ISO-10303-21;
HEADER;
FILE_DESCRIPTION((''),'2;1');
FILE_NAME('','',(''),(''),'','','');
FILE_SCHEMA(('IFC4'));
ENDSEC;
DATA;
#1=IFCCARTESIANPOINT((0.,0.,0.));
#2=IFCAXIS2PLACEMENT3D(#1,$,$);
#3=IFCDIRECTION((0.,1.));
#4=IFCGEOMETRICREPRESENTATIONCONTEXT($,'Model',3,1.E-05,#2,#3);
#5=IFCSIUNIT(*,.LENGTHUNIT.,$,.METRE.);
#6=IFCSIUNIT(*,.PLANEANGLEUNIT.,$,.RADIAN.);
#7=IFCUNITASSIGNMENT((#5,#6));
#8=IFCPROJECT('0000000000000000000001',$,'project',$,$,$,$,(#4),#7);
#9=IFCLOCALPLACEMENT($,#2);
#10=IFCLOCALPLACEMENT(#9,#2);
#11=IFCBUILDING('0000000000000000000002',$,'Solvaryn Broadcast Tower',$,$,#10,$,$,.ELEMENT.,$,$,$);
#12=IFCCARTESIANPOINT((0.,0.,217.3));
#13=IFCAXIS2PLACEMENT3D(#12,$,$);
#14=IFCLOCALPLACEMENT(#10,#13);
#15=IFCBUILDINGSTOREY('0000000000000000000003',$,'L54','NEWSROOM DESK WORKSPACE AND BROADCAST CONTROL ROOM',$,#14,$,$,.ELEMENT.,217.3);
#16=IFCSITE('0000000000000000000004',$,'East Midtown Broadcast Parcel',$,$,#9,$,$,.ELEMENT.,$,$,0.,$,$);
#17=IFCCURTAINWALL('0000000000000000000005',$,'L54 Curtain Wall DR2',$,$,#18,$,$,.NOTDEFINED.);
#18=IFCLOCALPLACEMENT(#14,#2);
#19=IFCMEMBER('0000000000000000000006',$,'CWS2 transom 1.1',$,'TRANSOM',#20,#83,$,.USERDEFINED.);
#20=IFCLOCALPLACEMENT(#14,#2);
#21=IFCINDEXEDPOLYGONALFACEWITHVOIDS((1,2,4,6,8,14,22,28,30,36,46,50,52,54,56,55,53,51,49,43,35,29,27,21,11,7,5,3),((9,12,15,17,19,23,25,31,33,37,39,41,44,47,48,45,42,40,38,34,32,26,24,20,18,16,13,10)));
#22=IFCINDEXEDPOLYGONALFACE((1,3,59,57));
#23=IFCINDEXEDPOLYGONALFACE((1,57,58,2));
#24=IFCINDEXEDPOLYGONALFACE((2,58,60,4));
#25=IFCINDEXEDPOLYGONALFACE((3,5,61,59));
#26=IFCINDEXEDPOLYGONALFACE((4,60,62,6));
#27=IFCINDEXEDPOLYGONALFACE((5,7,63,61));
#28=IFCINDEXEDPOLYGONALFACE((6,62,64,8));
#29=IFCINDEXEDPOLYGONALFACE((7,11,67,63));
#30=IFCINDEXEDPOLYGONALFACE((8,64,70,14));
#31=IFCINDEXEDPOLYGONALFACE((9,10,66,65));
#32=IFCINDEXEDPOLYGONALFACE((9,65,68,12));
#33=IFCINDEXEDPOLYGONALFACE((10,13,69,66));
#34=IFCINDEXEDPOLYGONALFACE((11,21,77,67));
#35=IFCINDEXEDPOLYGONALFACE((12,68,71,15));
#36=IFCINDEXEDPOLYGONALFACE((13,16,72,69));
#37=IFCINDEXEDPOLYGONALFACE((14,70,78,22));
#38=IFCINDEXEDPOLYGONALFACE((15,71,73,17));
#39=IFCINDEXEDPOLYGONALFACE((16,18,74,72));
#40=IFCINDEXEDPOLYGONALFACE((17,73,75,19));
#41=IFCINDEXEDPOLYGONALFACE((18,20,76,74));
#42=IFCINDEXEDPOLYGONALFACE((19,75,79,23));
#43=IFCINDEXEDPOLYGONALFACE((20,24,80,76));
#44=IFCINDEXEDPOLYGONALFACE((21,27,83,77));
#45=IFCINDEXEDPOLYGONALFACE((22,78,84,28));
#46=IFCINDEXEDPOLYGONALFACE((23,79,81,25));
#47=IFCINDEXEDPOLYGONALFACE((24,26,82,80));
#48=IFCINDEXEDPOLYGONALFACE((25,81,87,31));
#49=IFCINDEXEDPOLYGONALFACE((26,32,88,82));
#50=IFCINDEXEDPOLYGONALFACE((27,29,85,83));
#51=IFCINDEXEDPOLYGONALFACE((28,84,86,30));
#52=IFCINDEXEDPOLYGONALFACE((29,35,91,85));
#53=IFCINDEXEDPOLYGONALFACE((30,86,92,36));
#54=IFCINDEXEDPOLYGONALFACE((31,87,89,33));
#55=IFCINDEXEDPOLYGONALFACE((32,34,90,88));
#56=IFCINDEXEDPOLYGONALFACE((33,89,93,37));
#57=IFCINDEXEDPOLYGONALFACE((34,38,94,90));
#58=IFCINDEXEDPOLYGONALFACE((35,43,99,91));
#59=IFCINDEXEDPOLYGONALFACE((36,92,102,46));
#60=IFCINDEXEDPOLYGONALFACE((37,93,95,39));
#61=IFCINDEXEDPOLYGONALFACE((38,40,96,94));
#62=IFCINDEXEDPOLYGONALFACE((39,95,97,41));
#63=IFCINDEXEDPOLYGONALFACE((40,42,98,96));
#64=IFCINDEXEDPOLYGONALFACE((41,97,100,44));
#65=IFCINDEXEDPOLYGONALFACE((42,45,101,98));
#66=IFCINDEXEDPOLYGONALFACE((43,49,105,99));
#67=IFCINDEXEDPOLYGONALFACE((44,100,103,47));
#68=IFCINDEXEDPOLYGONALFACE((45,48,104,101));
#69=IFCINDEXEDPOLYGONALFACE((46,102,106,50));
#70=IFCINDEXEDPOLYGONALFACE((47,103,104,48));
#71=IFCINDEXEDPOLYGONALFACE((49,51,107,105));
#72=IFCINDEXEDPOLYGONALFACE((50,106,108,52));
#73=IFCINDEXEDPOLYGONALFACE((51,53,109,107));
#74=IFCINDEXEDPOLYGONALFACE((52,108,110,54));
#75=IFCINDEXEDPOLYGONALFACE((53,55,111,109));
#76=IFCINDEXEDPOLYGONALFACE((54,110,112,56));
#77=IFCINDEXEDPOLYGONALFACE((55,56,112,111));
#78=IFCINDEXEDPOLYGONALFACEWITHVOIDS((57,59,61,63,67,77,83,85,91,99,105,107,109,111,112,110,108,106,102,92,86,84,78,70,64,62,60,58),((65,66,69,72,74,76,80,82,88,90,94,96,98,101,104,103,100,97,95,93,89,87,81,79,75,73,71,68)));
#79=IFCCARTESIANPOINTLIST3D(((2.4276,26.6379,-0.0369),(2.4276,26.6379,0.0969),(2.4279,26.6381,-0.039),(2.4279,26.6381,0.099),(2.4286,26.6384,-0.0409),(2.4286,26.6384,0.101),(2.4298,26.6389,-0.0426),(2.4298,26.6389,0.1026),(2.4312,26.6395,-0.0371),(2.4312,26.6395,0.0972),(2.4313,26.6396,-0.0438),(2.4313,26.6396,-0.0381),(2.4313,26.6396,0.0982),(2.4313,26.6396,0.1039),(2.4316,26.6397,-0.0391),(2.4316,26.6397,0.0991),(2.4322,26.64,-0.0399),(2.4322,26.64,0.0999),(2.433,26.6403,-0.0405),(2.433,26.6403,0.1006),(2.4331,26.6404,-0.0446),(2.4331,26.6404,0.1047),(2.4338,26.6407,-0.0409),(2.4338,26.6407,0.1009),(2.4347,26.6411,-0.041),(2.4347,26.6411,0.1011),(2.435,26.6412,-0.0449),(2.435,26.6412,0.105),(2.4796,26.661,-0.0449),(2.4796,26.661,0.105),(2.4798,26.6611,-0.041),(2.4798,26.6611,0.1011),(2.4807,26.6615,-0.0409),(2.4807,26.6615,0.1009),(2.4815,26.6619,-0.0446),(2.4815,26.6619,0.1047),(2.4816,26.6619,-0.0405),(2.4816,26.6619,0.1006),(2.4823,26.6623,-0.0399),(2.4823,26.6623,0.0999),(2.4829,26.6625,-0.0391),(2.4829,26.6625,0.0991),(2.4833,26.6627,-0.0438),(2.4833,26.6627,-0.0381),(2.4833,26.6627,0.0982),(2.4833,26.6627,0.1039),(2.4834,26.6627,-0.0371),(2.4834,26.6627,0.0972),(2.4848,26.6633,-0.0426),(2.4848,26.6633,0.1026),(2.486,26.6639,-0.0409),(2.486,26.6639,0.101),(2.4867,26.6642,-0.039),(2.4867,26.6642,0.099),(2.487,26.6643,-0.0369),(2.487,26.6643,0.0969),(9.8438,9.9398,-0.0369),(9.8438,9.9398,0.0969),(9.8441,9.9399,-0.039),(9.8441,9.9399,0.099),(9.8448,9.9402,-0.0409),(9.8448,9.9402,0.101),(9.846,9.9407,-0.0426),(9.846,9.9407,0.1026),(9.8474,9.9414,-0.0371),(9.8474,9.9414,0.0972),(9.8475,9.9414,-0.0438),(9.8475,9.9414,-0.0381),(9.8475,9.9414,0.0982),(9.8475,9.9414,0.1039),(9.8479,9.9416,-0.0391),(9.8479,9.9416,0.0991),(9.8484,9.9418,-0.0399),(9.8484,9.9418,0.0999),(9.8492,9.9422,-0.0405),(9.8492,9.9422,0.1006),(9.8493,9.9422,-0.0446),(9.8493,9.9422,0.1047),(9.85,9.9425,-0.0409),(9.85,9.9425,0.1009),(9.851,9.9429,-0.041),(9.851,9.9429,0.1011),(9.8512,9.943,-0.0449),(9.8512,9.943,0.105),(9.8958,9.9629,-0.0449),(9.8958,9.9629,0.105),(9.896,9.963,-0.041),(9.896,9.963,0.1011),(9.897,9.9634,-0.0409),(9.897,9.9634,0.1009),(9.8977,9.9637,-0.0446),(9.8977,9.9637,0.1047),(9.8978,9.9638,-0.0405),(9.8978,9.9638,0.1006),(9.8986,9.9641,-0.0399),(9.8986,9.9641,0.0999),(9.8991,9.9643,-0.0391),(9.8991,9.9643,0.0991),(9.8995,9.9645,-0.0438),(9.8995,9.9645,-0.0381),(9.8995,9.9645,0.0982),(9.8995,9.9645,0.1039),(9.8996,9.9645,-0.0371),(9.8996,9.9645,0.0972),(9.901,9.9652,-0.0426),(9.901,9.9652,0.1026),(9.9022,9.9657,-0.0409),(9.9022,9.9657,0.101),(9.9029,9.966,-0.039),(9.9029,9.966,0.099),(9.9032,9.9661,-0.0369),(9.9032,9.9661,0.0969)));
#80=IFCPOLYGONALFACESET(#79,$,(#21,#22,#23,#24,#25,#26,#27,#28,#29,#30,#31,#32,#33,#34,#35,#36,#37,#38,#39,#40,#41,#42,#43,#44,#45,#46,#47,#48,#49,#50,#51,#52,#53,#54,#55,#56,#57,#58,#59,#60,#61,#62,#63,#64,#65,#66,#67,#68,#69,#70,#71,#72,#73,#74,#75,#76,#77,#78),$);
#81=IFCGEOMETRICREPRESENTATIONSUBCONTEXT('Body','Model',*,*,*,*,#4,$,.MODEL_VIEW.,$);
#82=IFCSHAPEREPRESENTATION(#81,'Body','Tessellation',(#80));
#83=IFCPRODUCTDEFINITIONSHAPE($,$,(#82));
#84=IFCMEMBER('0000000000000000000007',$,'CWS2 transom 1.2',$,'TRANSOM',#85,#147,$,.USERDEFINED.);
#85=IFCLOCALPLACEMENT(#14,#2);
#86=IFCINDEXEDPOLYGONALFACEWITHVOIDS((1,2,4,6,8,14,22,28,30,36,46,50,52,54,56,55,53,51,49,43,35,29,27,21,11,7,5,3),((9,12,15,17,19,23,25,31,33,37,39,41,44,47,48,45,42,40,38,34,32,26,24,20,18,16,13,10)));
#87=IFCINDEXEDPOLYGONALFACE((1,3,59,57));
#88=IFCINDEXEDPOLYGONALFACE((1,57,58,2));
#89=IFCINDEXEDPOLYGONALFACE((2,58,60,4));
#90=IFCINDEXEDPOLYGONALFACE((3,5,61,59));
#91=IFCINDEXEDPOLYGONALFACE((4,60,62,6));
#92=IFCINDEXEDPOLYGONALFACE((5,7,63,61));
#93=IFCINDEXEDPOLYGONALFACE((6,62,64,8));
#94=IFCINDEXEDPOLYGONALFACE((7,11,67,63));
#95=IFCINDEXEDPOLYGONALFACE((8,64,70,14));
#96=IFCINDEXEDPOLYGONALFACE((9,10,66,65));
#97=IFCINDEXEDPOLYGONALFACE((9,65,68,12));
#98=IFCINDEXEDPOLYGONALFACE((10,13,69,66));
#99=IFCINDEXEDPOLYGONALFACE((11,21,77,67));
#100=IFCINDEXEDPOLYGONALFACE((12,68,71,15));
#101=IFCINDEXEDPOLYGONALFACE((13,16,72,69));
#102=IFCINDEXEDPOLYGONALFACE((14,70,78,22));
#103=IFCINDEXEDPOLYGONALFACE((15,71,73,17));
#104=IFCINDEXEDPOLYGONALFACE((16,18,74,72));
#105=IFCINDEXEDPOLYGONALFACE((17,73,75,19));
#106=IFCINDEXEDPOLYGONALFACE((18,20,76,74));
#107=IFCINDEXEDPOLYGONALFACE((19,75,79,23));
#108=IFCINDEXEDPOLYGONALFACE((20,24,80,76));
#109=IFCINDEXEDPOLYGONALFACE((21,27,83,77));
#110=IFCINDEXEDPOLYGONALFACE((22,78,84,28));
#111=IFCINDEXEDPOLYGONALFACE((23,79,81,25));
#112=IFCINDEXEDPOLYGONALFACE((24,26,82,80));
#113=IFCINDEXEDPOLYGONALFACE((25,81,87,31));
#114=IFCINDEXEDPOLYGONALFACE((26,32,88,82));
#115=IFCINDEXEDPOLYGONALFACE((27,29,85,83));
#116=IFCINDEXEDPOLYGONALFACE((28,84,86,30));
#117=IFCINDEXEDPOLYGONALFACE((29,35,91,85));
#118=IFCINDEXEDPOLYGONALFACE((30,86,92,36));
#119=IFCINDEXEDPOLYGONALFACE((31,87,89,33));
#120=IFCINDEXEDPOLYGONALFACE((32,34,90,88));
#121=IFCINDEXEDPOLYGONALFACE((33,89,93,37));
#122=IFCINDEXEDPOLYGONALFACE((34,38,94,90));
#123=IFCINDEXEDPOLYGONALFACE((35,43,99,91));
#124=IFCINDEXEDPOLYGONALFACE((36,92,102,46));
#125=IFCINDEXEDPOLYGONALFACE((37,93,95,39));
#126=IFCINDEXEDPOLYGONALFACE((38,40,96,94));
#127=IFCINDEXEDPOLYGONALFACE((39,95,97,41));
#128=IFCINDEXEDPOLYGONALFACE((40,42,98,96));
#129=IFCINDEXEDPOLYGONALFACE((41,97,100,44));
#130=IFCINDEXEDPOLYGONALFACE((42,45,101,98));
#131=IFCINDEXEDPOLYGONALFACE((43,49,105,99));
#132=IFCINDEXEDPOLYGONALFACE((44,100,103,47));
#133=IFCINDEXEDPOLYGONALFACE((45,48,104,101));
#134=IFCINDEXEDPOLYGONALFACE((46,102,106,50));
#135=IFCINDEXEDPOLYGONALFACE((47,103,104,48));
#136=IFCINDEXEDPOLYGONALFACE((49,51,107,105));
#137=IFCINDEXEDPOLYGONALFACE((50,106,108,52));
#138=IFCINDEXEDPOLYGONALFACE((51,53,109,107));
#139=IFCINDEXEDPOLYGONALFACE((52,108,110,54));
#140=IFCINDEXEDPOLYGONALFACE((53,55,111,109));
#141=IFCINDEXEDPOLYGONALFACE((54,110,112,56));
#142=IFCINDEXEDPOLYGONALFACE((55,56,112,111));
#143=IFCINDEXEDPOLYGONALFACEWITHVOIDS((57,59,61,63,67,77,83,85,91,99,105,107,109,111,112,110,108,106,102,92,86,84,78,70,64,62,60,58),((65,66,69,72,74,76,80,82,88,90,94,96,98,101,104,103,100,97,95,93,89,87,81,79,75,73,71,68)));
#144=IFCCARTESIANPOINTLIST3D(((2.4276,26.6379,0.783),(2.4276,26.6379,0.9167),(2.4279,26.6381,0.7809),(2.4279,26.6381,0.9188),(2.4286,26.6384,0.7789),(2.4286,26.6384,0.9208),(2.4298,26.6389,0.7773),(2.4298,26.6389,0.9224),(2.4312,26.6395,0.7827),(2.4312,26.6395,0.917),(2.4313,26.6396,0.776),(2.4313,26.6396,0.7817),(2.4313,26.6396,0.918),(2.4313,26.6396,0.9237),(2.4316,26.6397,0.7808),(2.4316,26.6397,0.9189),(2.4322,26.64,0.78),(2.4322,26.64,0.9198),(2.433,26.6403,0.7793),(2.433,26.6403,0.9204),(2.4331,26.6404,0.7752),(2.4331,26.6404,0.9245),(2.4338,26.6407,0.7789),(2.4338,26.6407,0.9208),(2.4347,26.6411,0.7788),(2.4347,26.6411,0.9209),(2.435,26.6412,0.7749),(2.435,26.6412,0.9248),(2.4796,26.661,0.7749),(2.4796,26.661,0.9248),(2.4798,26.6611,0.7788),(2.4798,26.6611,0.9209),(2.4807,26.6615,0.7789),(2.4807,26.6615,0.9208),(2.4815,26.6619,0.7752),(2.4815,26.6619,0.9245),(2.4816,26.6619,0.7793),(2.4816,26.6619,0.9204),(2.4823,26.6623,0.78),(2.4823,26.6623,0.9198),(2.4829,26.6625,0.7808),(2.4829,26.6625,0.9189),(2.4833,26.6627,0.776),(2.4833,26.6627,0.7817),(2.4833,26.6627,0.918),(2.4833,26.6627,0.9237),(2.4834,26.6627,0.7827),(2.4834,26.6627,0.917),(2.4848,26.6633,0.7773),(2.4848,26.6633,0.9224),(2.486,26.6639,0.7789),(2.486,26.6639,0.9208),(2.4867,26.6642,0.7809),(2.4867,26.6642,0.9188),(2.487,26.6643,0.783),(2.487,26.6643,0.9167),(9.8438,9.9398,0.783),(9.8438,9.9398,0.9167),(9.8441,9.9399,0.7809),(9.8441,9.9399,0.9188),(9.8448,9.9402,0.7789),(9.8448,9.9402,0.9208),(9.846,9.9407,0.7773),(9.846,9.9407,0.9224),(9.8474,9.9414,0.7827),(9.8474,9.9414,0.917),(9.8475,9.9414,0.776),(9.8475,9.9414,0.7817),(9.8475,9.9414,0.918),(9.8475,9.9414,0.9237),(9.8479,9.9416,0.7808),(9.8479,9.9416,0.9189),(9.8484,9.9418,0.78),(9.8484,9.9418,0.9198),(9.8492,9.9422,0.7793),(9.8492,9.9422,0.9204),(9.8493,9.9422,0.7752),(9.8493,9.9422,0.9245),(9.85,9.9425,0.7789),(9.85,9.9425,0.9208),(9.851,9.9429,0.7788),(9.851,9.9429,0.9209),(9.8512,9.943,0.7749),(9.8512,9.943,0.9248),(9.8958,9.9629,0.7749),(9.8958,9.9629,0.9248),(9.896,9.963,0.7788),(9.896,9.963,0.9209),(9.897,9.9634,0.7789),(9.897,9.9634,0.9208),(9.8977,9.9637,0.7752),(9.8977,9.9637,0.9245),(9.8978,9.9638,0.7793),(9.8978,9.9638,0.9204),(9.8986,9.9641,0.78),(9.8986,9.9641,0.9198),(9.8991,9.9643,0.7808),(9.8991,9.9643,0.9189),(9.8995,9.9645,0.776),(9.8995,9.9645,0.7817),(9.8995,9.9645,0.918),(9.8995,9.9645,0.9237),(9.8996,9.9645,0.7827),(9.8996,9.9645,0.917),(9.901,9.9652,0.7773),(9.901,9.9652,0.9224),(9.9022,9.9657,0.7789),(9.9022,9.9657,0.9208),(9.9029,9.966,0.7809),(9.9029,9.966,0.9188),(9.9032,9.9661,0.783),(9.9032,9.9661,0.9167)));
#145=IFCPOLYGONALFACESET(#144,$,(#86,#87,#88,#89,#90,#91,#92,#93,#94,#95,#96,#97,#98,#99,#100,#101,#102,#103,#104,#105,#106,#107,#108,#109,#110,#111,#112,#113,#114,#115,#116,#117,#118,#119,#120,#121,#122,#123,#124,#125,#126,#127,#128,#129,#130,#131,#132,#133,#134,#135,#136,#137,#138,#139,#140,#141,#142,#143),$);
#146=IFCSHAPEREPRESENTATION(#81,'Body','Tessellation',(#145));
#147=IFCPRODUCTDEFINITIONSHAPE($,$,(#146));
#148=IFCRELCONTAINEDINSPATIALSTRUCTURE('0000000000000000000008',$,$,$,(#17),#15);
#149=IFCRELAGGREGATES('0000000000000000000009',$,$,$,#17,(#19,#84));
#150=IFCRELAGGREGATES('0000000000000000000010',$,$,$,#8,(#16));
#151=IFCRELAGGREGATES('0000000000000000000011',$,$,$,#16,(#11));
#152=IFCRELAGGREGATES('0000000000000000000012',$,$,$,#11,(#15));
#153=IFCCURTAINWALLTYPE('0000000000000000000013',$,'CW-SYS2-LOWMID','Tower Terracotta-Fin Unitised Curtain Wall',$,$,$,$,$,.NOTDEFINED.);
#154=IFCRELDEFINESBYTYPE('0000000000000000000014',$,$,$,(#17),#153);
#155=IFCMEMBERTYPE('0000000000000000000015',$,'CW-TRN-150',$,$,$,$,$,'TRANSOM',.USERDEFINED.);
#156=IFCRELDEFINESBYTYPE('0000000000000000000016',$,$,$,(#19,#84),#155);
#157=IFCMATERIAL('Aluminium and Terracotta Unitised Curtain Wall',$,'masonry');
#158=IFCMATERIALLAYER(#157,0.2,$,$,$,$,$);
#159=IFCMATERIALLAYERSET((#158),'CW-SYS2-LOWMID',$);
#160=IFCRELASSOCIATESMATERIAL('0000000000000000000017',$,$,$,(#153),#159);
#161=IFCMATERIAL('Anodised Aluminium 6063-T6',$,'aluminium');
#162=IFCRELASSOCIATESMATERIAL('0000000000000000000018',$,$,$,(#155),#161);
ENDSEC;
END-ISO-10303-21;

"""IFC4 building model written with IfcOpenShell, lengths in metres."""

from ifc_helpers import new_model, si_unit, direction, frame, origin, origin_2d, place, context, subcontext, project, spatial, hollow_rectangle, extrude, material, layer, layer_set, material_profile, profile_set, type_object, element, aggregate, save


model = new_model("IFC4")

# Units and contexts
model_context = context("Model", 3, precision=1e-05, world=origin(), true_north=direction((0.0, 1.0)))
body_context = subcontext(model_context, "Body", "Model", "MODEL_VIEW")
ifc_project = project(units=[si_unit("LENGTHUNIT", "METRE"), si_unit("PLANEANGLEUNIT", "RADIAN")], contexts=[model_context])

# Site, building, storey
site_placement = place(None, origin())
site = spatial("IfcSite", under=ifc_project, at=site_placement, Name="East Midtown Broadcast Parcel", CompositionType="ELEMENT", RefElevation=0.0)
building_placement = place(site_placement, origin())
building = spatial("IfcBuilding", under=site, at=building_placement, Name="Solvaryn Broadcast Tower", CompositionType="ELEMENT")
storey_placement = place(building_placement, frame((0.0, 0.0, 217.3)))
storey = spatial("IfcBuildingStorey", under=building, at=storey_placement, Name="L54", Description="NEWSROOM DESK WORKSPACE AND BROADCAST CONTROL ROOM", CompositionType="ELEMENT", Elevation=217.3)

# Shared definitions
ifc_material_1 = material(Name="Aluminium and Terracotta Unitised Curtain Wall", Category="masonry")
ifc_layer_1 = layer(ifc_material_1, 0.2)
ifc_layer_set_1 = layer_set([ifc_layer_1], Name="CW-SYS2-LOWMID")
curtain_wall_type = type_object("IfcCurtainWallType", Name="CW-SYS2-LOWMID", Description="Tower Terracotta-Fin Unitised Curtain Wall", PredefinedType="NOTDEFINED", material=ifc_layer_set_1)

# Curtain wall, members
curtain_wall_1_placement = place(storey_placement, origin())
curtain_wall_1 = element("IfcCurtainWall", 1, at=curtain_wall_1_placement, inside=storey, type_object=curtain_wall_type, Name="L54 Curtain Wall DR2", PredefinedType="NOTDEFINED")
ifc_material_2 = material(Name="Anodised Aluminium 6063-T6", Category="aluminium")
ifc_material_profile_1 = material_profile(ifc_material_2, hollow_rectangle(XDim=0.0649, YDim=0.1499, WallThickness=0.0039, InnerFilletRadius=0.0039, OuterFilletRadius=0.0081, at=origin_2d()))
ifc_profile_set_1 = profile_set([ifc_material_profile_1], Name="Anodised Aluminium 6063-T6")
member_type_1 = type_object("IfcMemberType", Name="CW-TRN-150", ElementType="TRANSOM", PredefinedType="USERDEFINED", material=ifc_profile_set_1)
member_1_placement = place(storey_placement, frame((2.4573, 26.6511, 0.03), z_axis=(0.405902, -0.913917, 0.0), x_axis=(0.913917, 0.405902, 0.0)))
member_1 = element("IfcMember", 2, at=member_1_placement, type_object=member_type_1, Name="CWS2 transom 1.1", ObjectType="TRANSOM", PredefinedType="USERDEFINED", context=body_context, shape_type="SweptSolid", body=[
    extrude(hollow_rectangle(XDim=0.0649, YDim=0.1499, WallThickness=0.0039, InnerFilletRadius=0.0039, OuterFilletRadius=0.0081, at=origin_2d()), origin(), (0.0, 0.0, 1.0), 18.271),
])
member_2_placement = place(storey_placement, frame((2.4573, 26.6511, 0.8499), z_axis=(0.405902, -0.913917, 0.0), x_axis=(0.913917, 0.405902, 0.0)))
member_2 = element("IfcMember", 3, at=member_2_placement, type_object=member_type_1, Name="CWS2 transom 1.2", ObjectType="TRANSOM", PredefinedType="USERDEFINED", context=body_context, shape_type="SweptSolid", body=[
    extrude(hollow_rectangle(XDim=0.0649, YDim=0.1499, WallThickness=0.0039, InnerFilletRadius=0.0039, OuterFilletRadius=0.0081, at=origin_2d()), origin(), (0.0, 0.0, 1.0), 18.271),
])
aggregate(curtain_wall_1, [member_1, member_2])

save(model, "model.ifc")
